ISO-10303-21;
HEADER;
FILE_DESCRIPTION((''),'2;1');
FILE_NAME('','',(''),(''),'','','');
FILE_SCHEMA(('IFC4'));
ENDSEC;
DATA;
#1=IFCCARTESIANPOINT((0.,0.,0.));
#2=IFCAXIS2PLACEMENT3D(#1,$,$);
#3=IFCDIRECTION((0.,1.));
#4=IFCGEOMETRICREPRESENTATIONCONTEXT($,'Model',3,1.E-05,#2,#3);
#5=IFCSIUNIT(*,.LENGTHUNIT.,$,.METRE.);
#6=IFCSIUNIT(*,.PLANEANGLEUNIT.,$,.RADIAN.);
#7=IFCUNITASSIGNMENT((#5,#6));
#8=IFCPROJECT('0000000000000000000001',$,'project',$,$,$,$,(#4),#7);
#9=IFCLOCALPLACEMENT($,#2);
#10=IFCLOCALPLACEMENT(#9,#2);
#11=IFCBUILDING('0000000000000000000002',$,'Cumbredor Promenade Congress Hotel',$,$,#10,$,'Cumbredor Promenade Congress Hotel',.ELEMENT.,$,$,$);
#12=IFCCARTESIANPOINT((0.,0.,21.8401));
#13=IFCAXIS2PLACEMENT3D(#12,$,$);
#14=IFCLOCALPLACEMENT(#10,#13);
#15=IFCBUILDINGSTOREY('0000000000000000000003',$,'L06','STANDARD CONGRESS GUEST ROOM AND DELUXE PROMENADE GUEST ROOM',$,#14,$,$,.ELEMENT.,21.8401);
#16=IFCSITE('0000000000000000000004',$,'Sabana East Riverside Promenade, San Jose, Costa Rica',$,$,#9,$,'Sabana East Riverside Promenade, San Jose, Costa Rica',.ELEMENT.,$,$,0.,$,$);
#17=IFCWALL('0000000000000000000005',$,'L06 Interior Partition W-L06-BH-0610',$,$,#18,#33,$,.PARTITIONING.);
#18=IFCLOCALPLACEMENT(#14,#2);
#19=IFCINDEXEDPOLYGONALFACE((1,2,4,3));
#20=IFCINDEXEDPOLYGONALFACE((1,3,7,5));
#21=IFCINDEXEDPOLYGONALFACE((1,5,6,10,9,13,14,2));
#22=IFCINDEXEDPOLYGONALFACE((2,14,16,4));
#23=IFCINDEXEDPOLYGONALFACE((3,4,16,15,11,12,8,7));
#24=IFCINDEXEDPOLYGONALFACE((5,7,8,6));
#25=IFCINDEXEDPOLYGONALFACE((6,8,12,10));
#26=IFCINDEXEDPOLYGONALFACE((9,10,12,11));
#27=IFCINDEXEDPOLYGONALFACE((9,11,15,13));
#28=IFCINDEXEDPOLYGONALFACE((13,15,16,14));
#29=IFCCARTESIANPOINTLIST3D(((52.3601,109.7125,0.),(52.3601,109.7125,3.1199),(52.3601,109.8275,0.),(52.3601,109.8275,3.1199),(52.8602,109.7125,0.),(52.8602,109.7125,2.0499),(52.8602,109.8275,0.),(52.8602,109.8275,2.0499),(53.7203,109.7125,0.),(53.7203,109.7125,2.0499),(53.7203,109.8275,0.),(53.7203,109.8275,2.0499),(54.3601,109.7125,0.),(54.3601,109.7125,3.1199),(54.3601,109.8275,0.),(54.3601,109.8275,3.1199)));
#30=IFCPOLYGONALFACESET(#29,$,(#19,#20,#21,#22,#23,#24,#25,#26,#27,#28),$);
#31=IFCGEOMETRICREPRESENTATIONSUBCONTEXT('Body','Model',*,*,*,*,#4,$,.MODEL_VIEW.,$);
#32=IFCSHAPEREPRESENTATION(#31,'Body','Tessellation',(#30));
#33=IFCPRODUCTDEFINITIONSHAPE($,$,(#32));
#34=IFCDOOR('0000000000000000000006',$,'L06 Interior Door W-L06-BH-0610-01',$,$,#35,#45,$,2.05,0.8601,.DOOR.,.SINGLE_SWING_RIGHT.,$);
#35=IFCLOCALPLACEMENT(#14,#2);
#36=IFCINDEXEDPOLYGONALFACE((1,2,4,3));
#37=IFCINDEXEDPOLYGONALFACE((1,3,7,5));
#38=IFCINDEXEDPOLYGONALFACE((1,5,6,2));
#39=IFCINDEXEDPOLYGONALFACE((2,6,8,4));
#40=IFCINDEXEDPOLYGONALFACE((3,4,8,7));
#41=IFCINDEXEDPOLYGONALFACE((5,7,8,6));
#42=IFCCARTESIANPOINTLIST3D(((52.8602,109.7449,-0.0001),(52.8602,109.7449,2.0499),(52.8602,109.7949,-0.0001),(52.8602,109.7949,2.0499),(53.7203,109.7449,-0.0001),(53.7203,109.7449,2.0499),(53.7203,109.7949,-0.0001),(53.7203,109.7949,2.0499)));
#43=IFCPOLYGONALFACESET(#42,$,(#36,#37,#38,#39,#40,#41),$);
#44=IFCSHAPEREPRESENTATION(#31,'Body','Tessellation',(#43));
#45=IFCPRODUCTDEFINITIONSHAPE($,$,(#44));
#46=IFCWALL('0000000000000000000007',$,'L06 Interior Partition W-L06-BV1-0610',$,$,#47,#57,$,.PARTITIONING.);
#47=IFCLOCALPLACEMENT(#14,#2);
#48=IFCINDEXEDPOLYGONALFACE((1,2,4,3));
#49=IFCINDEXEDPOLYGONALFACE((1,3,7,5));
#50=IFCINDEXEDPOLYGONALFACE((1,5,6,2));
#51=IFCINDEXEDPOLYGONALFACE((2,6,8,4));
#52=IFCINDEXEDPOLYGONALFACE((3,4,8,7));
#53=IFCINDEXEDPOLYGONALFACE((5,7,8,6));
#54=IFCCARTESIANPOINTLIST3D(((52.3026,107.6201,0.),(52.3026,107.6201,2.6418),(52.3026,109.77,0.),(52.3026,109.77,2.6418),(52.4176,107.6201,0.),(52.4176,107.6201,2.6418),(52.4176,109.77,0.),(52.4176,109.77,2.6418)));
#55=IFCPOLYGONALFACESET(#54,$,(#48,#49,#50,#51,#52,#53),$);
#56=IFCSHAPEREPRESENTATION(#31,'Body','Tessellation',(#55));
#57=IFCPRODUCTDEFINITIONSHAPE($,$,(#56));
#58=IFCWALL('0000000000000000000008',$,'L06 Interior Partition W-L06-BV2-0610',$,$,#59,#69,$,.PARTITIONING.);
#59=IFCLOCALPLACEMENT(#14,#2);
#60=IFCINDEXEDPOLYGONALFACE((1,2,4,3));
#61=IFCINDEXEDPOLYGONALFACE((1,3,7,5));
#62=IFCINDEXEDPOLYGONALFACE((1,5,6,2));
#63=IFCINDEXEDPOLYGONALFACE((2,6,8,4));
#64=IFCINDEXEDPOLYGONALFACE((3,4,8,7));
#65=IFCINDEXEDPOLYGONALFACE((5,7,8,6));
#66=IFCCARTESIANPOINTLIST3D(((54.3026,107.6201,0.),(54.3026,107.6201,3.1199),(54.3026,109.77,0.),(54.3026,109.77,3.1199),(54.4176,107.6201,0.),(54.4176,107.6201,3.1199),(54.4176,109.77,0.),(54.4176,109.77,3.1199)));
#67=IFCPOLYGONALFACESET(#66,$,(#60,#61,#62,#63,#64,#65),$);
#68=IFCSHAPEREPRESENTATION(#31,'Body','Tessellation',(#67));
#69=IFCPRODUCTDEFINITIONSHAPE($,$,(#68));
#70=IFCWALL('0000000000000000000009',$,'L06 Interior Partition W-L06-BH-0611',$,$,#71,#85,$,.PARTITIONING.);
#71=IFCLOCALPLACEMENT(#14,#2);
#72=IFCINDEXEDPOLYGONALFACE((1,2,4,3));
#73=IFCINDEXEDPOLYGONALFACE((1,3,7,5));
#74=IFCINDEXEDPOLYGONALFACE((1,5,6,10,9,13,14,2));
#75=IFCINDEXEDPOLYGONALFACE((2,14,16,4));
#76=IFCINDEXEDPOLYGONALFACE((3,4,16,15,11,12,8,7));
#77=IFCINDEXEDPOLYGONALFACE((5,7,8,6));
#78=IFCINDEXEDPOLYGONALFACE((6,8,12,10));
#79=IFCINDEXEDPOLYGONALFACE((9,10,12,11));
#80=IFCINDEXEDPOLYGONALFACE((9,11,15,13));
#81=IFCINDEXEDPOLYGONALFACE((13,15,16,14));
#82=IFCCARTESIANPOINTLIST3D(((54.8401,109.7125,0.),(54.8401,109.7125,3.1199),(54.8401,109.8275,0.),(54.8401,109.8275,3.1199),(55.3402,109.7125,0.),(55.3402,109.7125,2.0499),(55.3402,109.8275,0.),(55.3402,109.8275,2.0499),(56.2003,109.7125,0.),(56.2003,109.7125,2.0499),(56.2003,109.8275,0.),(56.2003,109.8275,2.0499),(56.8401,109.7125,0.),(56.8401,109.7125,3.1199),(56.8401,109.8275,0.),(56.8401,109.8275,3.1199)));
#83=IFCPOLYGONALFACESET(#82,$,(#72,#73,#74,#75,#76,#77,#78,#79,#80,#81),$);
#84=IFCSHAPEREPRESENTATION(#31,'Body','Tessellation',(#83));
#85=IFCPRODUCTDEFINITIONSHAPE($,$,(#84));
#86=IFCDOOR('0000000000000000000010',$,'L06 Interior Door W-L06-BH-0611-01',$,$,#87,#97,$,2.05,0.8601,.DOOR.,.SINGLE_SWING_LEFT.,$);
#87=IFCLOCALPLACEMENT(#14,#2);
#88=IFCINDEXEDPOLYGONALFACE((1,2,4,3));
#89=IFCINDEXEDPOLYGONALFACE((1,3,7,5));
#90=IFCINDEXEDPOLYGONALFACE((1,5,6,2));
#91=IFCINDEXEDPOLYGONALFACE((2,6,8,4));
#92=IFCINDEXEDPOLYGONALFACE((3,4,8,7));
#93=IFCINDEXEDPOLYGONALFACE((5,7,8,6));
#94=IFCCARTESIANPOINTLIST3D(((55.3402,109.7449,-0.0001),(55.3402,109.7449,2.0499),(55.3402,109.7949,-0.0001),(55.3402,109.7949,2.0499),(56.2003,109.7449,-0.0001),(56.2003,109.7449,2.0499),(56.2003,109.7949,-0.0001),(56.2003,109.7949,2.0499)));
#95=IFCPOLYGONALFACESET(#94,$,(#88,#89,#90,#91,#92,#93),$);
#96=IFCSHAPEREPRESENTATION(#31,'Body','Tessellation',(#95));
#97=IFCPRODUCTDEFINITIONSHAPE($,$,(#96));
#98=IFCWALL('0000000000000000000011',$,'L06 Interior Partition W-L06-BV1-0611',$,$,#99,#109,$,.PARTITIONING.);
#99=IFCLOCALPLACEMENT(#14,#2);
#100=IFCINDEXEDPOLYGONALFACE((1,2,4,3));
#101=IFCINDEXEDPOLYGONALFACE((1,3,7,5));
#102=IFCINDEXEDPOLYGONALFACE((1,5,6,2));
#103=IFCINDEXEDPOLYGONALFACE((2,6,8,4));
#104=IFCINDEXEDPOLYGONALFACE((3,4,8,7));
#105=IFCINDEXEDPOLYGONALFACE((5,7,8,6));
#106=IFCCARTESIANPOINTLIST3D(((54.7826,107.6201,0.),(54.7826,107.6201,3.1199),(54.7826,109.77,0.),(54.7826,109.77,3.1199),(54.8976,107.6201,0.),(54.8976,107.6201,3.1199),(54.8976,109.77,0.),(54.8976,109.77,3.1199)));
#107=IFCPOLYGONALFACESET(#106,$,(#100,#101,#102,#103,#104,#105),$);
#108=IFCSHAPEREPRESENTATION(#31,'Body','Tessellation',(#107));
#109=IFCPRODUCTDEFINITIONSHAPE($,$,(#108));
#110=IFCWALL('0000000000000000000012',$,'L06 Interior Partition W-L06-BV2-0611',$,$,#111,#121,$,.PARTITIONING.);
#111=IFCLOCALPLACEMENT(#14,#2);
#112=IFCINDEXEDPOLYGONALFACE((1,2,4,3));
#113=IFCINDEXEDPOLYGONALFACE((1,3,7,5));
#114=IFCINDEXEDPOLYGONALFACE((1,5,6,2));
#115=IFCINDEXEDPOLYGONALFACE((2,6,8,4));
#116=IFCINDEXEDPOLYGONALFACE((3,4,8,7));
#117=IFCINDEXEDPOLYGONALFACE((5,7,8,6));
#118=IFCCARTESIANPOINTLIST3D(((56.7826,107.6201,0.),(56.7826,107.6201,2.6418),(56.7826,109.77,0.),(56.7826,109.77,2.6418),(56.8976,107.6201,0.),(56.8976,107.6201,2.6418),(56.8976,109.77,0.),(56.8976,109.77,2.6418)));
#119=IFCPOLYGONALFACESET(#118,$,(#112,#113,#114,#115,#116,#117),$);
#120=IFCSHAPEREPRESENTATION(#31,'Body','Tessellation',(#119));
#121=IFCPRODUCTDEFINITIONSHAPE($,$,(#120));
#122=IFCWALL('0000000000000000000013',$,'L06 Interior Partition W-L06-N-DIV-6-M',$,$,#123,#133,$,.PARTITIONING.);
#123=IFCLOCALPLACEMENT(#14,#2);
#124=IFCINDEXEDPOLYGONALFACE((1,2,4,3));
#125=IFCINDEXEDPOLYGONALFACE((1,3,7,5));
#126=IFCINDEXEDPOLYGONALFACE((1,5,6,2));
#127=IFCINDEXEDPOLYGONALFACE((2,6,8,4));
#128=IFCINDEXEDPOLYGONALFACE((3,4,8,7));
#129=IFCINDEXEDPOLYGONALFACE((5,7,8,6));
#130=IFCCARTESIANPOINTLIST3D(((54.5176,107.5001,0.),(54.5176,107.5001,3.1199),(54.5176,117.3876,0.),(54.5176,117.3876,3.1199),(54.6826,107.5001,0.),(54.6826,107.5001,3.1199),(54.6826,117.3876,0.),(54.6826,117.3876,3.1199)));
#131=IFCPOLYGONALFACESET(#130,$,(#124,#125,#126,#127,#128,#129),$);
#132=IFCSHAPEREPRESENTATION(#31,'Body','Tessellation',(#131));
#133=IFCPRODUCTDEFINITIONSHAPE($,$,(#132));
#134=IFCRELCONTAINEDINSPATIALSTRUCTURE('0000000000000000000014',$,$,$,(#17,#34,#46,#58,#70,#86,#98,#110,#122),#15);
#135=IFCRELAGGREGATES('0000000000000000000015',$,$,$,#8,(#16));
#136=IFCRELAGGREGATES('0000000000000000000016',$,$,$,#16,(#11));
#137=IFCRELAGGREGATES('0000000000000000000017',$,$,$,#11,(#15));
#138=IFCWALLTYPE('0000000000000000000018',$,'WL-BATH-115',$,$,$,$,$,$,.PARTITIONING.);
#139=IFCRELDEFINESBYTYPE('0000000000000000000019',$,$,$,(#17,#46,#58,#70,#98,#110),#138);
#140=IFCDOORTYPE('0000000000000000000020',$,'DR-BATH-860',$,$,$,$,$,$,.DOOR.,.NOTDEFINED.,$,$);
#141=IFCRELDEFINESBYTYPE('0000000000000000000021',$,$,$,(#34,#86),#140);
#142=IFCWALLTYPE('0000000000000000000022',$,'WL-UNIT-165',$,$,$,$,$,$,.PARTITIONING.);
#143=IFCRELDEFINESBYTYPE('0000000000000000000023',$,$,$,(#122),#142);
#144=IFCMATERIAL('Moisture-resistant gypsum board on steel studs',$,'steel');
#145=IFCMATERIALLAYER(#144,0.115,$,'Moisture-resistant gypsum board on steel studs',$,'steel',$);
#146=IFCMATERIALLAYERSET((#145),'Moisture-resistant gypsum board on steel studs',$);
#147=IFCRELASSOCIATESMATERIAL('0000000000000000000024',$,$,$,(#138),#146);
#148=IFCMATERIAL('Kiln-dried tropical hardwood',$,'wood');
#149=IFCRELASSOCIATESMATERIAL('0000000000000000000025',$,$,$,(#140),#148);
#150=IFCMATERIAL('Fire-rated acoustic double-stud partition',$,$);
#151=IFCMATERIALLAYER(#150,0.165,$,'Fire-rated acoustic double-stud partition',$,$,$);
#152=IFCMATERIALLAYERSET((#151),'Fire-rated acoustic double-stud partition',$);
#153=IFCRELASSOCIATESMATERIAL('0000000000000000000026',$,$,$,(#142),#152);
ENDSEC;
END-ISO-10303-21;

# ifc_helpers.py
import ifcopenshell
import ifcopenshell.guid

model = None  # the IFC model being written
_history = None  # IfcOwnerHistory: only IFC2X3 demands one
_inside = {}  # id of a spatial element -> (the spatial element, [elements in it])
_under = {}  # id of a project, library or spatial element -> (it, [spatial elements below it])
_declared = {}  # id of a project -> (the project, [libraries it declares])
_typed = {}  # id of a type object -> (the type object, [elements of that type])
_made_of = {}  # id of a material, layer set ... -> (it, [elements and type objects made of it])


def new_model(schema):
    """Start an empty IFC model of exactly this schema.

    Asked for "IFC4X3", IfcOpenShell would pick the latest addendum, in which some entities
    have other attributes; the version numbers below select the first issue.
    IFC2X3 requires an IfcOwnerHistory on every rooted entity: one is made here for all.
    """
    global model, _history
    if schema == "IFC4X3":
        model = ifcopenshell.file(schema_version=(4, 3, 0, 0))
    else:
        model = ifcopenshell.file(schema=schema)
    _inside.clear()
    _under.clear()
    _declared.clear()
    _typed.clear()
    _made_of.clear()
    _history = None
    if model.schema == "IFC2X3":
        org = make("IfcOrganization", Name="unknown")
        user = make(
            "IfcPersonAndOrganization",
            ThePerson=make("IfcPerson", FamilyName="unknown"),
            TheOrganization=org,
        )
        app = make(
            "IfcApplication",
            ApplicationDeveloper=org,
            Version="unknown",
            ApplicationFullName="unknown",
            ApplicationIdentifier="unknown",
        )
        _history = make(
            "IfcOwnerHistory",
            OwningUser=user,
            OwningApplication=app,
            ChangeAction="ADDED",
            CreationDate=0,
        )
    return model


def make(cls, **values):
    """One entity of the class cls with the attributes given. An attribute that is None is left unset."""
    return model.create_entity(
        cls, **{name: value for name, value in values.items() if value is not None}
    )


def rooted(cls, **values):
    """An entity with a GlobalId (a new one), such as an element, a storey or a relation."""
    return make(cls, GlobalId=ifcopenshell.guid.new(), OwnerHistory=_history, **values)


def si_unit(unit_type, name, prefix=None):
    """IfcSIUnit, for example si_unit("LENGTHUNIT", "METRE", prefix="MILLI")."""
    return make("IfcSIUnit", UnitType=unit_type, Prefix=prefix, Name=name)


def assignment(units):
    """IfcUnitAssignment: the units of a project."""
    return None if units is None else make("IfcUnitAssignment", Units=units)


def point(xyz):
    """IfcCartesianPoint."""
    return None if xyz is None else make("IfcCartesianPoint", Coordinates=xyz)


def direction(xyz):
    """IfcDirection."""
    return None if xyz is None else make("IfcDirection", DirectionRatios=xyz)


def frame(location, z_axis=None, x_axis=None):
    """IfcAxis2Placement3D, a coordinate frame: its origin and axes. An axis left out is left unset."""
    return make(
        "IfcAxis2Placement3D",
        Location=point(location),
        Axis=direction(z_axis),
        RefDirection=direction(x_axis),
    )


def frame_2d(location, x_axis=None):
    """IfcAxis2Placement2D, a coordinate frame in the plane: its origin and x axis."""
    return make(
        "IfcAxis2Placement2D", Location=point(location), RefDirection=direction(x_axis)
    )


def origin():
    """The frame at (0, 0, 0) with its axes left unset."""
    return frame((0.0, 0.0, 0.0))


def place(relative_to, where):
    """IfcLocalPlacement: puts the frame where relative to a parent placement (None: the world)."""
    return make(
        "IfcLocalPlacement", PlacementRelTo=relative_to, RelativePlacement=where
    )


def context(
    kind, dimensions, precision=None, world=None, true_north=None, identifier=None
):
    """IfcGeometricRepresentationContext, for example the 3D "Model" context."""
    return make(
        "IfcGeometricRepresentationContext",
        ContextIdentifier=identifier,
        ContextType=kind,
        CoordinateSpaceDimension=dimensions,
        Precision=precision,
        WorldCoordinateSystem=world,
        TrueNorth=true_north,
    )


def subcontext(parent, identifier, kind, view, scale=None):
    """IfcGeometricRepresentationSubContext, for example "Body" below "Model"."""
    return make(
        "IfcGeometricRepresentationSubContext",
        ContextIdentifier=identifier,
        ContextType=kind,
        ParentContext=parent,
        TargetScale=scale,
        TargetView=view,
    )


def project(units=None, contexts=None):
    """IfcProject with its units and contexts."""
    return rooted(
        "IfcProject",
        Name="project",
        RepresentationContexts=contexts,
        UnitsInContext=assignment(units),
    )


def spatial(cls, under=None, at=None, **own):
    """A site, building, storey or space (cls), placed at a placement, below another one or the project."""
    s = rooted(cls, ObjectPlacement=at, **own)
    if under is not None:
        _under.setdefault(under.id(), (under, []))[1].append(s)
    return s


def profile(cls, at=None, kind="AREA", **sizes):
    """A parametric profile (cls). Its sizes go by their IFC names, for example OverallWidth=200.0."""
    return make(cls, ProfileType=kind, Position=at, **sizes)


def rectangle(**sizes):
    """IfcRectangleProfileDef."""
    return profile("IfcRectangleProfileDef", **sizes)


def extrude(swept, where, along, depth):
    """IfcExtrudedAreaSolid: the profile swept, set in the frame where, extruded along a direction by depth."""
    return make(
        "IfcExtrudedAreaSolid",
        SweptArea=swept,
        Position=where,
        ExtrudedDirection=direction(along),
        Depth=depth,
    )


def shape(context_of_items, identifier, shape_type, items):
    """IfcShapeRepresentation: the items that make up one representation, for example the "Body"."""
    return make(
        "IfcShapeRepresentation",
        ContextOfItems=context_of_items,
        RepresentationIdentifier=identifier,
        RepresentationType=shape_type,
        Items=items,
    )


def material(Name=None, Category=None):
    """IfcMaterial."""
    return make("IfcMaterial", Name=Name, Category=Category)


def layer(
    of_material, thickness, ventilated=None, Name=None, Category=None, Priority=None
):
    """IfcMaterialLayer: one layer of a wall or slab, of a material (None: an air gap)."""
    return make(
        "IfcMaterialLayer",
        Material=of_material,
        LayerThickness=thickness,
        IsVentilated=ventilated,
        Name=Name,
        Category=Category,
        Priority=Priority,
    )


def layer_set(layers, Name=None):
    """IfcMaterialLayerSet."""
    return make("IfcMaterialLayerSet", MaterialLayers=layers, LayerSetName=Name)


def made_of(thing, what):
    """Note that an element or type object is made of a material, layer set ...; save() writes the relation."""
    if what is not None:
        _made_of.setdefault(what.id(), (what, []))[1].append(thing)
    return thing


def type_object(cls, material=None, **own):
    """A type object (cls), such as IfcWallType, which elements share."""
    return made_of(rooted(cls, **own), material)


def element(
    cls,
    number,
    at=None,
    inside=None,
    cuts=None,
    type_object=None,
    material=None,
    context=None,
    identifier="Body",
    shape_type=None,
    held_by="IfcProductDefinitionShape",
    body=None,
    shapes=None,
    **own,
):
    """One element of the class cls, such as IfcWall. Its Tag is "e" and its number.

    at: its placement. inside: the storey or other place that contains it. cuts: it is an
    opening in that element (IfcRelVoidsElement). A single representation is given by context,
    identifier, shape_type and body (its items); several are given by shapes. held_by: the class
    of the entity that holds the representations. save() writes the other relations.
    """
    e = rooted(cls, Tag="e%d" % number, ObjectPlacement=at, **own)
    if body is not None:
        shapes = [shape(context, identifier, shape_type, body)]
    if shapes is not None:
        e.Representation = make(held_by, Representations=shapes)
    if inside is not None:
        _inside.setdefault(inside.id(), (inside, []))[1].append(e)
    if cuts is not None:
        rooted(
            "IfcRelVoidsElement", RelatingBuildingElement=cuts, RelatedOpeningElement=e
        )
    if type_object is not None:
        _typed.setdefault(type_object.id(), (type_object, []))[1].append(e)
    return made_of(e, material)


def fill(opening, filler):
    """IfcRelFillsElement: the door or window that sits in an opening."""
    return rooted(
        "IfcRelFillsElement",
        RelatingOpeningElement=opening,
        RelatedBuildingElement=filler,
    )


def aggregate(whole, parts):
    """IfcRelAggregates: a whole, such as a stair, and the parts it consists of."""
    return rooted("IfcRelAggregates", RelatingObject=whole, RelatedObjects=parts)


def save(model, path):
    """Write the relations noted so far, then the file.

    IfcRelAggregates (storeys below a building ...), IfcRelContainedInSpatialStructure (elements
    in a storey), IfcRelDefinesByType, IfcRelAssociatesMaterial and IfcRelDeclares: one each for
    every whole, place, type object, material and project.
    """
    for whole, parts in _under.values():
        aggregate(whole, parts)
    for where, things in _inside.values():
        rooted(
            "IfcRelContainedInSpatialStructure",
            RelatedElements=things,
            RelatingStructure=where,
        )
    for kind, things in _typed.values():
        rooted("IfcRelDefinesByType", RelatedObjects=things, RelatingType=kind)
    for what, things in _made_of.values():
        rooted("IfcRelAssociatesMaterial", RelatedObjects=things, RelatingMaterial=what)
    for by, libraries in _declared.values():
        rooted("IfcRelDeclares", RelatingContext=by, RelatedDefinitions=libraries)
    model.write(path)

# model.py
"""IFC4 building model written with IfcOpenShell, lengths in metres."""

from ifc_helpers import new_model, si_unit, direction, frame, frame_2d, origin, place, context, subcontext, project, spatial, rectangle, extrude, material, layer, layer_set, type_object, element, fill, save


model = new_model("IFC4")

# Units and contexts
model_context = context("Model", 3, precision=1e-05, world=origin(), true_north=direction((0.0, 1.0)))
body_context = subcontext(model_context, "Body", "Model", "MODEL_VIEW")
ifc_project = project(units=[si_unit("LENGTHUNIT", "METRE"), si_unit("PLANEANGLEUNIT", "RADIAN")], contexts=[model_context])

# Site, building, storey
site_placement = place(None, origin())
site = spatial("IfcSite", under=ifc_project, at=site_placement, Name="Sabana East Riverside Promenade, San Jose, Costa Rica", LongName="Sabana East Riverside Promenade, San Jose, Costa Rica", CompositionType="ELEMENT", RefElevation=0.0)
building_placement = place(site_placement, origin())
building = spatial("IfcBuilding", under=site, at=building_placement, Name="Cumbredor Promenade Congress Hotel", LongName="Cumbredor Promenade Congress Hotel", CompositionType="ELEMENT")
storey_placement = place(building_placement, frame((0.0, 0.0, 21.8401)))
storey = spatial("IfcBuildingStorey", under=building, at=storey_placement, Name="L06", Description="STANDARD CONGRESS GUEST ROOM AND DELUXE PROMENADE GUEST ROOM", CompositionType="ELEMENT", Elevation=21.8401)

# Shared definitions
ifc_material_1 = material(Name="Kiln-dried tropical hardwood", Category="wood")

# Wall, opening, door
ifc_material_2 = material(Name="Moisture-resistant gypsum board on steel studs", Category="steel")
ifc_layer_1 = layer(ifc_material_2, 0.115, Name="Moisture-resistant gypsum board on steel studs", Category="steel")
ifc_layer_set_1 = layer_set([ifc_layer_1], Name="Moisture-resistant gypsum board on steel studs")
wall_type_1 = type_object("IfcWallType", Name="WL-BATH-115", PredefinedType="PARTITIONING", material=ifc_layer_set_1)
wall_1_placement = place(storey_placement, frame((52.3601, 109.77, 0.0), z_axis=(0.0, 0.0, 1.0), x_axis=(1.0, 0.0, 0.0)))
wall_1 = element("IfcWall", 1, at=wall_1_placement, inside=storey, type_object=wall_type_1, Name="L06 Interior Partition W-L06-BH-0610", PredefinedType="PARTITIONING", context=body_context, shape_type="SweptSolid", body=[
    extrude(rectangle(XDim=2.0, YDim=0.115, at=frame_2d((1.0, 0.0))), origin(), (0.0, 0.0, 1.0), 3.1199),
])
opening_1_placement = place(wall_1_placement, frame((0.5, 0.0, 0.0)))
opening_1 = element("IfcOpeningElement", 2, at=opening_1_placement, cuts=wall_1, PredefinedType="OPENING", context=body_context, shape_type="SweptSolid", body=[
    extrude(rectangle(XDim=0.8601, YDim=2.05, at=frame_2d((0.4302, 1.0249))), frame((0.0, 0.0674, 0.0), z_axis=(0.0, -1.0, 0.0), x_axis=(1.0, 0.0, 0.0)), (0.0, 0.0, 1.0), 0.135),
])
door_type = type_object("IfcDoorType", Name="DR-BATH-860", OperationType="NOTDEFINED", PredefinedType="DOOR", material=ifc_material_1)
door_1_placement = place(opening_1_placement, origin())
door_1 = element("IfcDoor", 3, at=door_1_placement, inside=storey, type_object=door_type, Name="L06 Interior Door W-L06-BH-0610-01", OperationType="SINGLE_SWING_RIGHT", OverallHeight=2.05, OverallWidth=0.8601, PredefinedType="DOOR", context=body_context, shape_type="SweptSolid", body=[
    extrude(rectangle(XDim=0.8601, YDim=2.05, at=frame_2d((0.4302, 1.0249))), frame((0.0, 0.0249, 0.0), z_axis=(0.0, -1.0, 0.0), x_axis=(1.0, 0.0, 0.0)), (0.0, 0.0, 1.0), 0.05),
])
fill(opening_1, door_1)

# Walls
wall_2_placement = place(storey_placement, frame((52.3601, 107.6201, 0.0), z_axis=(0.0, 0.0, 1.0), x_axis=(0.0, 1.0, 0.0)))
element("IfcWall", 4, at=wall_2_placement, inside=storey, type_object=wall_type_1, Name="L06 Interior Partition W-L06-BV1-0610", PredefinedType="PARTITIONING", context=body_context, shape_type="SweptSolid", body=[
    extrude(rectangle(XDim=2.1499, YDim=0.115, at=frame_2d((1.075, 0.0))), origin(), (0.0, 0.0, 1.0), 2.6418),
])
wall_3_placement = place(storey_placement, frame((54.3601, 107.6201, 0.0), z_axis=(0.0, 0.0, 1.0), x_axis=(0.0, 1.0, 0.0)))
element("IfcWall", 5, at=wall_3_placement, inside=storey, type_object=wall_type_1, Name="L06 Interior Partition W-L06-BV2-0610", PredefinedType="PARTITIONING", context=body_context, shape_type="SweptSolid", body=[
    extrude(rectangle(XDim=2.1499, YDim=0.115, at=frame_2d((1.075, 0.0))), origin(), (0.0, 0.0, 1.0), 3.1199),
])

# Wall, opening, door
wall_4_placement = place(storey_placement, frame((54.8401, 109.77, 0.0), z_axis=(0.0, 0.0, 1.0), x_axis=(1.0, 0.0, 0.0)))
wall_4 = element("IfcWall", 6, at=wall_4_placement, inside=storey, type_object=wall_type_1, Name="L06 Interior Partition W-L06-BH-0611", PredefinedType="PARTITIONING", context=body_context, shape_type="SweptSolid", body=[
    extrude(rectangle(XDim=2.0, YDim=0.115, at=frame_2d((1.0, 0.0))), origin(), (0.0, 0.0, 1.0), 3.1199),
])
opening_2_placement = place(wall_4_placement, frame((0.5, 0.0, 0.0)))
opening_2 = element("IfcOpeningElement", 7, at=opening_2_placement, cuts=wall_4, PredefinedType="OPENING", context=body_context, shape_type="SweptSolid", body=[
    extrude(rectangle(XDim=0.8601, YDim=2.05, at=frame_2d((0.4302, 1.0249))), frame((0.0, 0.0674, 0.0), z_axis=(0.0, -1.0, 0.0), x_axis=(1.0, 0.0, 0.0)), (0.0, 0.0, 1.0), 0.135),
])
door_2_placement = place(opening_2_placement, origin())
door_2 = element("IfcDoor", 8, at=door_2_placement, inside=storey, type_object=door_type, Name="L06 Interior Door W-L06-BH-0611-01", OperationType="SINGLE_SWING_LEFT", OverallHeight=2.05, OverallWidth=0.8601, PredefinedType="DOOR", context=body_context, shape_type="SweptSolid", body=[
    extrude(rectangle(XDim=0.8601, YDim=2.05, at=frame_2d((0.4302, 1.0249))), frame((0.0, 0.0249, 0.0), z_axis=(0.0, -1.0, 0.0), x_axis=(1.0, 0.0, 0.0)), (0.0, 0.0, 1.0), 0.05),
])
fill(opening_2, door_2)

# Walls
wall_5_placement = place(storey_placement, frame((54.8401, 107.6201, 0.0), z_axis=(0.0, 0.0, 1.0), x_axis=(0.0, 1.0, 0.0)))
element("IfcWall", 9, at=wall_5_placement, inside=storey, type_object=wall_type_1, Name="L06 Interior Partition W-L06-BV1-0611", PredefinedType="PARTITIONING", context=body_context, shape_type="SweptSolid", body=[
    extrude(rectangle(XDim=2.1499, YDim=0.115, at=frame_2d((1.075, 0.0))), origin(), (0.0, 0.0, 1.0), 3.1199),
])
wall_6_placement = place(storey_placement, frame((56.8401, 107.6201, 0.0), z_axis=(0.0, 0.0, 1.0), x_axis=(0.0, 1.0, 0.0)))
element("IfcWall", 10, at=wall_6_placement, inside=storey, type_object=wall_type_1, Name="L06 Interior Partition W-L06-BV2-0611", PredefinedType="PARTITIONING", context=body_context, shape_type="SweptSolid", body=[
    extrude(rectangle(XDim=2.1499, YDim=0.115, at=frame_2d((1.075, 0.0))), origin(), (0.0, 0.0, 1.0), 2.6418),
])
ifc_material_3 = material(Name="Fire-rated acoustic double-stud partition")
ifc_layer_2 = layer(ifc_material_3, 0.165, Name="Fire-rated acoustic double-stud partition")
ifc_layer_set_2 = layer_set([ifc_layer_2], Name="Fire-rated acoustic double-stud partition")
wall_type_2 = type_object("IfcWallType", Name="WL-UNIT-165", PredefinedType="PARTITIONING", material=ifc_layer_set_2)
wall_7_placement = place(storey_placement, frame((54.6001, 107.5, 0.0), z_axis=(0.0, 0.0, 1.0), x_axis=(0.0, 1.0, 0.0)))
element("IfcWall", 11, at=wall_7_placement, inside=storey, type_object=wall_type_2, Name="L06 Interior Partition W-L06-N-DIV-6-M", PredefinedType="PARTITIONING", context=body_context, shape_type="SweptSolid", body=[
    extrude(rectangle(XDim=9.8875, YDim=0.165, at=frame_2d((4.9438, 0.0))), origin(), (0.0, 0.0, 1.0), 3.1199),
])

save(model, "model.ifc")
